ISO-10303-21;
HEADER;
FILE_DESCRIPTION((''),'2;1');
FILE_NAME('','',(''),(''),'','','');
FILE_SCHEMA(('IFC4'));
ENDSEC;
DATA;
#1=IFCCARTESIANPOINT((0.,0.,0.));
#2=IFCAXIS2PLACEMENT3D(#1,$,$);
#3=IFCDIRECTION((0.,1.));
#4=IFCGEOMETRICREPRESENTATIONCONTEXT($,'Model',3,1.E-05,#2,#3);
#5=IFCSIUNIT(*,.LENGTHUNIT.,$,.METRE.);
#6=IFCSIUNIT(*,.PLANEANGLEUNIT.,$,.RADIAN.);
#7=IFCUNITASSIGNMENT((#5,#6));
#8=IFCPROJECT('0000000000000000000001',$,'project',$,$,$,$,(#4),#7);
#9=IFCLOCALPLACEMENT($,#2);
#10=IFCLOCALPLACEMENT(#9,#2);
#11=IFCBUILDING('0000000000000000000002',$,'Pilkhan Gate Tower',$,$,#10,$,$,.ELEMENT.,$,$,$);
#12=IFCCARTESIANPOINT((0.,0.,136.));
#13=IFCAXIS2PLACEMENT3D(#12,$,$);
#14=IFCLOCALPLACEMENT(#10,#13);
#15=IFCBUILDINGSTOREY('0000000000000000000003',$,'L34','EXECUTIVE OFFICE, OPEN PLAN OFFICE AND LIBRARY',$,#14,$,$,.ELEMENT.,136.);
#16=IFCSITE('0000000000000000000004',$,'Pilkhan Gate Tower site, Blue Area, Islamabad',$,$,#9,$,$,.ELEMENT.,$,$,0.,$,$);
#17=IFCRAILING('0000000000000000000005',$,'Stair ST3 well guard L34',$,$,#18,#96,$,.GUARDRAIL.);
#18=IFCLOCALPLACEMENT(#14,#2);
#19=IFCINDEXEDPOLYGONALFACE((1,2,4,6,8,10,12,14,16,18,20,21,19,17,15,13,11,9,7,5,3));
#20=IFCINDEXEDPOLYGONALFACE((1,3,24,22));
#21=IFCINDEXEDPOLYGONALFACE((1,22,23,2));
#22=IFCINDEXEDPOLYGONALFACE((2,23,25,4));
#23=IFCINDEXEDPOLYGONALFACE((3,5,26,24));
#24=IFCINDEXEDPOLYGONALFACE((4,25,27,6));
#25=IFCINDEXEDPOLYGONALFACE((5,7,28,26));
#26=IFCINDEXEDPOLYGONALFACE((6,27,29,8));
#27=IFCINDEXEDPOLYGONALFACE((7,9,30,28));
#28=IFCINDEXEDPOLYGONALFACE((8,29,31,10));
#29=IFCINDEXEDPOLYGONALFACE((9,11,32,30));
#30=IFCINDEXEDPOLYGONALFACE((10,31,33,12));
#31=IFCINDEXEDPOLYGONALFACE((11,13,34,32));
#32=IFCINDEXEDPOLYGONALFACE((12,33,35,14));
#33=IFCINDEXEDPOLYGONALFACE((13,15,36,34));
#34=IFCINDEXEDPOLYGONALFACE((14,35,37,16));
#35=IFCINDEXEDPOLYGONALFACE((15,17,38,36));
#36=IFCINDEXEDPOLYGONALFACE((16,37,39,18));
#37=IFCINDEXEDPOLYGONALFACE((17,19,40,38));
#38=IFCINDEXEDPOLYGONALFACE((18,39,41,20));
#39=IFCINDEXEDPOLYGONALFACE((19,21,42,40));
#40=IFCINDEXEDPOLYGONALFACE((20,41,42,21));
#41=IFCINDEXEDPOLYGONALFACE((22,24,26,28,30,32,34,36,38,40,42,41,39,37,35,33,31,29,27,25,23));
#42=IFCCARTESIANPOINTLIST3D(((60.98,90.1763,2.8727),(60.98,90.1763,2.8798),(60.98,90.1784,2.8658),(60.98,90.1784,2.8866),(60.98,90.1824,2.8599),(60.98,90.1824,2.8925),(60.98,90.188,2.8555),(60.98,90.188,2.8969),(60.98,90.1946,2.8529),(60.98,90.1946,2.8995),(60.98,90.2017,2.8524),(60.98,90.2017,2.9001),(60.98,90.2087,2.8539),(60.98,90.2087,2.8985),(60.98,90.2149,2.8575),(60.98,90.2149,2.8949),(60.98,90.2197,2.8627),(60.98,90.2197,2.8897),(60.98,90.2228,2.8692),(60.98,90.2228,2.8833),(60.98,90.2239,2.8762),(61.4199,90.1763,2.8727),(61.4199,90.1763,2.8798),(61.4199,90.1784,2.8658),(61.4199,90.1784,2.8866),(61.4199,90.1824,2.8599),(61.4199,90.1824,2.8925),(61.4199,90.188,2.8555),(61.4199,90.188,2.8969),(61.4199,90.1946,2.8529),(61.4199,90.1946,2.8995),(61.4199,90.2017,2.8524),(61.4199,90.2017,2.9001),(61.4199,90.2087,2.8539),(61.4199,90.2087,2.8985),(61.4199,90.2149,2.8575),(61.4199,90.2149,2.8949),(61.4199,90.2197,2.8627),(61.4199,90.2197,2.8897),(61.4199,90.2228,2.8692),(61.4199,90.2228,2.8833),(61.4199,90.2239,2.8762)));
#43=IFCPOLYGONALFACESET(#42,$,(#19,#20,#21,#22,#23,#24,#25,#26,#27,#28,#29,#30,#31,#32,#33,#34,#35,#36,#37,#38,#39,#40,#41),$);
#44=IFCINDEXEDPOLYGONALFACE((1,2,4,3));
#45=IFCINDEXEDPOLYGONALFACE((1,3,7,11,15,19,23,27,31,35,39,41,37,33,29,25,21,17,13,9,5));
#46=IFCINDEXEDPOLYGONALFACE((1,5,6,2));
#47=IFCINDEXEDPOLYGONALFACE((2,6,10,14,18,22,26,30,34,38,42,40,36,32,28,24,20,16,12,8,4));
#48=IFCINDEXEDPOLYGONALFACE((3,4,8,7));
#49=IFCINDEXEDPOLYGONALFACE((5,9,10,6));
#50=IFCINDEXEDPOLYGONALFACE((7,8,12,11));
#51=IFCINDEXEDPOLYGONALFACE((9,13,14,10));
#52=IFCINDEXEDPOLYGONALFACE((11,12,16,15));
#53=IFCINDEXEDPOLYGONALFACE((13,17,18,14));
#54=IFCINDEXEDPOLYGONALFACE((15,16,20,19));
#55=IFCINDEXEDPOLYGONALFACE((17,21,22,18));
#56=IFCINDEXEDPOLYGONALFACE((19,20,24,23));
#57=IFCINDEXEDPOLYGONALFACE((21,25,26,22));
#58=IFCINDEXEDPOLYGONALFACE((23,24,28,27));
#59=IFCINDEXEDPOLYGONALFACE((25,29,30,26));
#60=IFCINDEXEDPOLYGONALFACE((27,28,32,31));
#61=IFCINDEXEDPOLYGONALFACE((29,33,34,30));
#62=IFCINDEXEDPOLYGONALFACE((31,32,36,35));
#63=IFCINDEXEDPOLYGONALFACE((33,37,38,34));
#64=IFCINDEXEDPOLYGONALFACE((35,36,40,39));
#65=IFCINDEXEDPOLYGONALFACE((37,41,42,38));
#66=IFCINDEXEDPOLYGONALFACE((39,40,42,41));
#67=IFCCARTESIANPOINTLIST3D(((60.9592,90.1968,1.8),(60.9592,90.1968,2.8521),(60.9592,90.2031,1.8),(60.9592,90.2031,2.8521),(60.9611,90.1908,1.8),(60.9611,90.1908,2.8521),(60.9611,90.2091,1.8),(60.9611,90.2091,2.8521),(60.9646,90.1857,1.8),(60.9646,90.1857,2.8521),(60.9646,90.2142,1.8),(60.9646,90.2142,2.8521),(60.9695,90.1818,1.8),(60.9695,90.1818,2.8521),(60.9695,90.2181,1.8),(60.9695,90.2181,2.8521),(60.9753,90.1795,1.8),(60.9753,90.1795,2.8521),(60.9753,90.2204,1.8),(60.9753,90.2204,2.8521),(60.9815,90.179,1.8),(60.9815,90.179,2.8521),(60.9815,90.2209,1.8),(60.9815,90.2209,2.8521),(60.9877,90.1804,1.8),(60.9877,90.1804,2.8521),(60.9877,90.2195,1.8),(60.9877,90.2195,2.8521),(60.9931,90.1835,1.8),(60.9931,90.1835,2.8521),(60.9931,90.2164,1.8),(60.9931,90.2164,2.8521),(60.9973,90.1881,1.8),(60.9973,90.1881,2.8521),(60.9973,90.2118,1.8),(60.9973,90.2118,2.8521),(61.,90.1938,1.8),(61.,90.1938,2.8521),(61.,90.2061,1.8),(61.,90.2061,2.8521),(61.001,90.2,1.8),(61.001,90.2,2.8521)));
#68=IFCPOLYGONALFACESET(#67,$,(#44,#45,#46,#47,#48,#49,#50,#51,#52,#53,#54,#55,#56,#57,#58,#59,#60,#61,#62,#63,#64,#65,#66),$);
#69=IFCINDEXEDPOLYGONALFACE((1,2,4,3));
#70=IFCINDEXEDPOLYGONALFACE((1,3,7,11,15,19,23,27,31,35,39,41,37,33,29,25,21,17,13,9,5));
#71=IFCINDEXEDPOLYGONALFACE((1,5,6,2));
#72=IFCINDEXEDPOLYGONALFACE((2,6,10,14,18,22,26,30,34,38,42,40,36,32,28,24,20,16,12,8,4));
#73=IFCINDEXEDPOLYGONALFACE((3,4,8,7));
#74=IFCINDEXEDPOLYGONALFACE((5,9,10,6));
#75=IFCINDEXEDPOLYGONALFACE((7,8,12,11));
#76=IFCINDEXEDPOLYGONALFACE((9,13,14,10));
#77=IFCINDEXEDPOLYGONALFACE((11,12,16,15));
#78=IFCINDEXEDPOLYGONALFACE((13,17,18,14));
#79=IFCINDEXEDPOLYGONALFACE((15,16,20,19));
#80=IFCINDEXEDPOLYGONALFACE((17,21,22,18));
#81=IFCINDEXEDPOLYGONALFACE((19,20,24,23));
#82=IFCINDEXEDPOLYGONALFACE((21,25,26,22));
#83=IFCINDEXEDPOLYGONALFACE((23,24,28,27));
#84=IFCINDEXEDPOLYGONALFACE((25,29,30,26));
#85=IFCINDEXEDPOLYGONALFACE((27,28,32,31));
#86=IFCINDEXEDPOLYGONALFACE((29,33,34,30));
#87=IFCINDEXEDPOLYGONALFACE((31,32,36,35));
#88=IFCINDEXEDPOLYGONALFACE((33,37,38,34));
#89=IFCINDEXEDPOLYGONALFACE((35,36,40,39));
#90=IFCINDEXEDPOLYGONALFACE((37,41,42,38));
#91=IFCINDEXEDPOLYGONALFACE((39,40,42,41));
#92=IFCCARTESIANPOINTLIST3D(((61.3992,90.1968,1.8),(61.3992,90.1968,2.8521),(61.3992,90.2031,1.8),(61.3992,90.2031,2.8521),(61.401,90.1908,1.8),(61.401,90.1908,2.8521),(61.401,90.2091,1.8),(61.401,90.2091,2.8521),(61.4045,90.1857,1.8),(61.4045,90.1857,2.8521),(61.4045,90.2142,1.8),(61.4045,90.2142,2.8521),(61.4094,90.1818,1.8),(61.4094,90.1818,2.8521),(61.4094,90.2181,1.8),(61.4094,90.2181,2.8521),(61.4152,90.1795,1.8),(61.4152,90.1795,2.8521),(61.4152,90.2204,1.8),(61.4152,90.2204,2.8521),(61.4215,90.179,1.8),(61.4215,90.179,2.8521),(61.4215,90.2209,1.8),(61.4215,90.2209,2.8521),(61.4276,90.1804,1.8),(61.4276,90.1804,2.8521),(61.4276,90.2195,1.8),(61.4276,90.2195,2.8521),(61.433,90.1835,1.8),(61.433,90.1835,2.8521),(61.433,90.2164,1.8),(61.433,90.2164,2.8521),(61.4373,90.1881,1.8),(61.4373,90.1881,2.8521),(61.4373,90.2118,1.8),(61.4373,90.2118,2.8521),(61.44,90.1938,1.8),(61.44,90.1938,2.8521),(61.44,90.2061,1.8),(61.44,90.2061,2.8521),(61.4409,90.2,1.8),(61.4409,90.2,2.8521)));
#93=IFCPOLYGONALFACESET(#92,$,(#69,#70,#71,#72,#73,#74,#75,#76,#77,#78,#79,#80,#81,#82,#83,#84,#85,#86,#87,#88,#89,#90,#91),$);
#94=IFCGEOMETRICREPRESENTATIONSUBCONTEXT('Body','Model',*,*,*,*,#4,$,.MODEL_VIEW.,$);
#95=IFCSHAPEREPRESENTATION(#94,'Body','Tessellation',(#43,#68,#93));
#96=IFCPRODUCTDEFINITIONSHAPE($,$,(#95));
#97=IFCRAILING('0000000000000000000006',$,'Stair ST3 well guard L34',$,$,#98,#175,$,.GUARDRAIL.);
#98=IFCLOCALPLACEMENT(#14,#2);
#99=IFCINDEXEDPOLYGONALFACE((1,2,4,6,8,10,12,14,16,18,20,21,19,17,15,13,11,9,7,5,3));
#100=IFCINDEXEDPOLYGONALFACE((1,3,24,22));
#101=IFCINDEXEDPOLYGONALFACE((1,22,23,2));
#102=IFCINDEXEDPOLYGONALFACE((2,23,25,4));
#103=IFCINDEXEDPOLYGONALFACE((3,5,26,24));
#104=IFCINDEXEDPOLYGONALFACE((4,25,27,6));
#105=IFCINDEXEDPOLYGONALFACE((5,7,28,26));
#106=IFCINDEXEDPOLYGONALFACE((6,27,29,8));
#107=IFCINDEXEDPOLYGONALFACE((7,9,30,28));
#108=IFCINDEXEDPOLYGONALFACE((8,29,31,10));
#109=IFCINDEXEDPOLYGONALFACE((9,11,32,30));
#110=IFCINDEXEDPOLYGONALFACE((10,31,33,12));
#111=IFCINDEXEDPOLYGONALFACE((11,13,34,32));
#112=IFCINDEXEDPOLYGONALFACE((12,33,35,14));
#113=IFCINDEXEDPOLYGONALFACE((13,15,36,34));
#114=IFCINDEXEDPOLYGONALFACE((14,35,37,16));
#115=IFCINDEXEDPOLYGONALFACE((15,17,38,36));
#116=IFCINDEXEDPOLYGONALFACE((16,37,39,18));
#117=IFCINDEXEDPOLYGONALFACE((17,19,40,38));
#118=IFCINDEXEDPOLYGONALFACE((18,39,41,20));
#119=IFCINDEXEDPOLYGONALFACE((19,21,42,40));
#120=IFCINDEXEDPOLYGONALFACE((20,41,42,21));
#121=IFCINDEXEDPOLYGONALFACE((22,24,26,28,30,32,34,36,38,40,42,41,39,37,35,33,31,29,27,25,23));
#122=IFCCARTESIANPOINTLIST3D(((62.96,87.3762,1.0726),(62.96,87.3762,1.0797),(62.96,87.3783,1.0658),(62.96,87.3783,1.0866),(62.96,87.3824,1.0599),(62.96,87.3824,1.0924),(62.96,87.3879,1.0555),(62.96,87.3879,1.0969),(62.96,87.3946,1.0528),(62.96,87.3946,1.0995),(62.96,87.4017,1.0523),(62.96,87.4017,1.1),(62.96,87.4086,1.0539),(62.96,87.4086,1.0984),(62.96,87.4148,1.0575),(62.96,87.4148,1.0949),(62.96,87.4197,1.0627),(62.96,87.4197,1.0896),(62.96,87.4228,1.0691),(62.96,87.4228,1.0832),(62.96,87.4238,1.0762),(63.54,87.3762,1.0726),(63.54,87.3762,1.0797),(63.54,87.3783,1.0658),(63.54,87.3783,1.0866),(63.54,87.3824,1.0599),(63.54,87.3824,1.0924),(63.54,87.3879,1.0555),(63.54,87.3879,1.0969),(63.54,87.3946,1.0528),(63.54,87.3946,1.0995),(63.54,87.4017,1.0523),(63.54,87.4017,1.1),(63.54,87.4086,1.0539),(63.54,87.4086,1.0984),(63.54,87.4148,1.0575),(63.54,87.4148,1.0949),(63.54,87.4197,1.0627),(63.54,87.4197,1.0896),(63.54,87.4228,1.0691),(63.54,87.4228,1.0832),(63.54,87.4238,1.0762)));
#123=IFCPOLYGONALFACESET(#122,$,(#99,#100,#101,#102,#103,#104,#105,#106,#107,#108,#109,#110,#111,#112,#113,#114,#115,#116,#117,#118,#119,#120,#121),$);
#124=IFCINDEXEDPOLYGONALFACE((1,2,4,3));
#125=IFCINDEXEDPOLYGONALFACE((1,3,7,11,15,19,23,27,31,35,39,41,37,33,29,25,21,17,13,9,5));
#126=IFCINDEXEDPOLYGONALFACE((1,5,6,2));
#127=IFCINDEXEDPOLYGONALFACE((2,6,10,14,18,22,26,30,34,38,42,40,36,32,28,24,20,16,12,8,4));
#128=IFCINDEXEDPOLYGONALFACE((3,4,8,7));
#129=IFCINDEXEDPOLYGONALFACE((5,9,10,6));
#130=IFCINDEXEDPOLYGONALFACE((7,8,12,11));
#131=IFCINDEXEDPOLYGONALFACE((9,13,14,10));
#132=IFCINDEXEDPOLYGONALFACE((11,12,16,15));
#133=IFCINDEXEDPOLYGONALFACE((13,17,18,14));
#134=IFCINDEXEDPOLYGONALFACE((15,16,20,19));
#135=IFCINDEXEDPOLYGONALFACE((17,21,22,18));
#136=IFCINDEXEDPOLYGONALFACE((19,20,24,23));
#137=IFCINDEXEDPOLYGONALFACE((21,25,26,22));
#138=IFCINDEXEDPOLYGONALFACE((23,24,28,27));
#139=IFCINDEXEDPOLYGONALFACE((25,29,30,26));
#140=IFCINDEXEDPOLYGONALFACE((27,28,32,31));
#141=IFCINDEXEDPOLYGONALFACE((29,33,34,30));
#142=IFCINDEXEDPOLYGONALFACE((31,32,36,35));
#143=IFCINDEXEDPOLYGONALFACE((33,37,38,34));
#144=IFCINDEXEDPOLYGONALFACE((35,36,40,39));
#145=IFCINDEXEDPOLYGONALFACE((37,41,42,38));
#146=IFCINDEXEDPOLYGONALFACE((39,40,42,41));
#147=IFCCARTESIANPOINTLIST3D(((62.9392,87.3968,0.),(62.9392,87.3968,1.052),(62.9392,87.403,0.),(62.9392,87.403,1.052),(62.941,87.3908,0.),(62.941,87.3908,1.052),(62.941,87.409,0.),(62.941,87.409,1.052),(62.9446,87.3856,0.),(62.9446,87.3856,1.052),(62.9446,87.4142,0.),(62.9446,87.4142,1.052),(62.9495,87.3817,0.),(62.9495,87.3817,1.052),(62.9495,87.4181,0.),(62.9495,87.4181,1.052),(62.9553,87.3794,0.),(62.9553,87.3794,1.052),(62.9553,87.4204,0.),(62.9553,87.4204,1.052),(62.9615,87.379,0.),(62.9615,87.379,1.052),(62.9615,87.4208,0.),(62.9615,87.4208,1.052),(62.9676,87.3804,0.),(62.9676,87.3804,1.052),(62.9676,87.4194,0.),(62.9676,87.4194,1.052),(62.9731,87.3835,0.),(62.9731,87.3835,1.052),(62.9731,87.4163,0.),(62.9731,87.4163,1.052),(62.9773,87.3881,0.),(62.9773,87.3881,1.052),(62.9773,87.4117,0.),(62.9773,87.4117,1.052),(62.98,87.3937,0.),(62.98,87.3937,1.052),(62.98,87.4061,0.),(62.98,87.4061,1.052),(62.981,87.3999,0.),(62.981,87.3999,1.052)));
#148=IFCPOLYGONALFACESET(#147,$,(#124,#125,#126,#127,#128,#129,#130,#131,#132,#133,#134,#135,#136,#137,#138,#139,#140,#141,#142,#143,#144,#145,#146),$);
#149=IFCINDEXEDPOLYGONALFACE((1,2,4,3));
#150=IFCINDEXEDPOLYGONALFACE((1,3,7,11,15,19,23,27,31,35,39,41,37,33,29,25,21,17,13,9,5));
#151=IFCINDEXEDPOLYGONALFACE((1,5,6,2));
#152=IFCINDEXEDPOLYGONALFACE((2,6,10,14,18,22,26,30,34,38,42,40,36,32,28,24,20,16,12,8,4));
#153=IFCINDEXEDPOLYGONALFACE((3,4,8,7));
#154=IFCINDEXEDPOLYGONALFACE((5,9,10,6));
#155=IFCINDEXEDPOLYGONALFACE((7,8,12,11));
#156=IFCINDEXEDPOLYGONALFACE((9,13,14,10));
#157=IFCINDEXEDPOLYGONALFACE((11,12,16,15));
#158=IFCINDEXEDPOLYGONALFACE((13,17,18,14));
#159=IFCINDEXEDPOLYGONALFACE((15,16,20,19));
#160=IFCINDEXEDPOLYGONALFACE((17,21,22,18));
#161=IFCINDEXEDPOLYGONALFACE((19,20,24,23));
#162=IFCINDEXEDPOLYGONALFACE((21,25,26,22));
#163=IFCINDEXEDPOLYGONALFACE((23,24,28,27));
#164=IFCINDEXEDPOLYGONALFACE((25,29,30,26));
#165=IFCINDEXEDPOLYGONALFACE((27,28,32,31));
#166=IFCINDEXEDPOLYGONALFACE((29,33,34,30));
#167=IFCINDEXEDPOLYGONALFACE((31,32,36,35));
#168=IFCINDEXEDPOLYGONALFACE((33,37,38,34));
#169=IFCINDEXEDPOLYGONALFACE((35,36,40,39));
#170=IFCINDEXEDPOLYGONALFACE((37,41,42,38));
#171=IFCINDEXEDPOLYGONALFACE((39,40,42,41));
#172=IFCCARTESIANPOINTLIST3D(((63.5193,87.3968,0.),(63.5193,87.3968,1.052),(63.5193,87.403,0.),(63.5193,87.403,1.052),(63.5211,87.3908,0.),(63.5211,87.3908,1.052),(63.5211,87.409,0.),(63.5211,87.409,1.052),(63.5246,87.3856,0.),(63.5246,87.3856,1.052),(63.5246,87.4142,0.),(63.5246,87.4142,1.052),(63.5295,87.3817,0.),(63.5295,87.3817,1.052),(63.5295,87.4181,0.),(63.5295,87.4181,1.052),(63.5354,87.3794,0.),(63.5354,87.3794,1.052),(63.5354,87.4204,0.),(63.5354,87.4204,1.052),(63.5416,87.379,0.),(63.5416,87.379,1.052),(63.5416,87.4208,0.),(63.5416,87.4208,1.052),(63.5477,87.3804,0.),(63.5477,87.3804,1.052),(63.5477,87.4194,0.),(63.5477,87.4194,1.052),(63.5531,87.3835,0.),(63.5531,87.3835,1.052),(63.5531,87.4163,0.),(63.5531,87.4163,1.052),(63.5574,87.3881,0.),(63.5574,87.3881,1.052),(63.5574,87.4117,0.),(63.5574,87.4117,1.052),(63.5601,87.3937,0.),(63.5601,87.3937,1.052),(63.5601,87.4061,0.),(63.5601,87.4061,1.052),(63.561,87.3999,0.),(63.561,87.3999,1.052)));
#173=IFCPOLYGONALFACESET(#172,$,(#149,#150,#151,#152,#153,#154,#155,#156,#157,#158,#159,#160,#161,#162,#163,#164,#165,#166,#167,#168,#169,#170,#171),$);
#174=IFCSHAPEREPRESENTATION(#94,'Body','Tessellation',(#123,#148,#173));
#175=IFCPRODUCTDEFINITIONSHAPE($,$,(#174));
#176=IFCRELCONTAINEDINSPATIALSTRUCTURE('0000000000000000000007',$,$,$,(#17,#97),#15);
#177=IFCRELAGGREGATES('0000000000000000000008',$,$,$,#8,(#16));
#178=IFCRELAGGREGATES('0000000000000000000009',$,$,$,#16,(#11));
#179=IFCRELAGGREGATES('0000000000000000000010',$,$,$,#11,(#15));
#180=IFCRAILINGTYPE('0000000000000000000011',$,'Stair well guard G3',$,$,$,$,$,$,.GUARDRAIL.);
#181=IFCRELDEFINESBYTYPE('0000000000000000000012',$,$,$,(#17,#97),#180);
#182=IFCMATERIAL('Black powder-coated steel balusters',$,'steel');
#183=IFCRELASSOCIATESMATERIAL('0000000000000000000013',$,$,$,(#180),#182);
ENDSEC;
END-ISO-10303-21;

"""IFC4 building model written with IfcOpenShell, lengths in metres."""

from ifc_helpers import new_model, si_unit, direction, frame, origin, origin_2d, place, context, subcontext, project, spatial, circle, extrude, material, type_object, element, save


model = new_model("IFC4")

# Units and contexts
model_context = context("Model", 3, precision=1e-05, world=origin(), true_north=direction((0.0, 1.0)))
body_context = subcontext(model_context, "Body", "Model", "MODEL_VIEW")
ifc_project = project(units=[si_unit("LENGTHUNIT", "METRE"), si_unit("PLANEANGLEUNIT", "RADIAN")], contexts=[model_context])

# Site, building, storey
site_placement = place(None, origin())
site = spatial("IfcSite", under=ifc_project, at=site_placement, Name="Pilkhan Gate Tower site, Blue Area, Islamabad", CompositionType="ELEMENT", RefElevation=0.0)
building_placement = place(site_placement, origin())
building = spatial("IfcBuilding", under=site, at=building_placement, Name="Pilkhan Gate Tower", CompositionType="ELEMENT")
storey_placement = place(building_placement, frame((0.0, 0.0, 136.0)))
storey = spatial("IfcBuildingStorey", under=building, at=storey_placement, Name="L34", Description="EXECUTIVE OFFICE, OPEN PLAN OFFICE AND LIBRARY", CompositionType="ELEMENT", Elevation=136.0)

# Railings
ifc_material_1 = material(Name="Black powder-coated steel balusters", Category="steel")
railing_type_1 = type_object("IfcRailingType", Name="Stair well guard G3", PredefinedType="GUARDRAIL", material=ifc_material_1)
railing_1_placement = place(storey_placement, frame((60.98, 90.2, 1.8)))
element("IfcRailing", 1, at=railing_1_placement, inside=storey, type_object=railing_type_1, Name="Stair ST3 well guard L34", PredefinedType="GUARDRAIL", context=body_context, shape_type="SweptSolid", body=[
    extrude(circle(Radius=0.0239, at=origin_2d()), frame((0.0, 0.0, 1.0762), z_axis=(1.0, 0.0, 0.0), x_axis=(0.0, 1.0, 0.0)), (0.0, 0.0, 1.0), 0.4399),
    extrude(circle(Radius=0.021, at=origin_2d()), origin(), (0.0, 0.0, 1.0), 1.052),
    extrude(circle(Radius=0.021, at=origin_2d()), frame((0.4399, 0.0, 0.0)), (0.0, 0.0, 1.0), 1.052),
])
for number, where, name in (
    (2, (62.96, 87.3999, 0.0), "Stair ST3 well guard L34"),
):
    element("IfcRailing", number, at=place(storey_placement, frame(where)), inside=storey, type_object=railing_type_1, Name=name, PredefinedType="GUARDRAIL", context=body_context, shape_type="SweptSolid", body=[
        extrude(circle(Radius=0.0239, at=origin_2d()), frame((0.0, 0.0, 1.0762), z_axis=(1.0, 0.0, 0.0), x_axis=(0.0, 1.0, 0.0)), (0.0, 0.0, 1.0), 0.5801),
        extrude(circle(Radius=0.021, at=origin_2d()), origin(), (0.0, 0.0, 1.0), 1.052),
        extrude(circle(Radius=0.021, at=origin_2d()), frame((0.5801, 0.0, 0.0)), (0.0, 0.0, 1.0), 1.052),
    ])

save(model, "model.ifc")
